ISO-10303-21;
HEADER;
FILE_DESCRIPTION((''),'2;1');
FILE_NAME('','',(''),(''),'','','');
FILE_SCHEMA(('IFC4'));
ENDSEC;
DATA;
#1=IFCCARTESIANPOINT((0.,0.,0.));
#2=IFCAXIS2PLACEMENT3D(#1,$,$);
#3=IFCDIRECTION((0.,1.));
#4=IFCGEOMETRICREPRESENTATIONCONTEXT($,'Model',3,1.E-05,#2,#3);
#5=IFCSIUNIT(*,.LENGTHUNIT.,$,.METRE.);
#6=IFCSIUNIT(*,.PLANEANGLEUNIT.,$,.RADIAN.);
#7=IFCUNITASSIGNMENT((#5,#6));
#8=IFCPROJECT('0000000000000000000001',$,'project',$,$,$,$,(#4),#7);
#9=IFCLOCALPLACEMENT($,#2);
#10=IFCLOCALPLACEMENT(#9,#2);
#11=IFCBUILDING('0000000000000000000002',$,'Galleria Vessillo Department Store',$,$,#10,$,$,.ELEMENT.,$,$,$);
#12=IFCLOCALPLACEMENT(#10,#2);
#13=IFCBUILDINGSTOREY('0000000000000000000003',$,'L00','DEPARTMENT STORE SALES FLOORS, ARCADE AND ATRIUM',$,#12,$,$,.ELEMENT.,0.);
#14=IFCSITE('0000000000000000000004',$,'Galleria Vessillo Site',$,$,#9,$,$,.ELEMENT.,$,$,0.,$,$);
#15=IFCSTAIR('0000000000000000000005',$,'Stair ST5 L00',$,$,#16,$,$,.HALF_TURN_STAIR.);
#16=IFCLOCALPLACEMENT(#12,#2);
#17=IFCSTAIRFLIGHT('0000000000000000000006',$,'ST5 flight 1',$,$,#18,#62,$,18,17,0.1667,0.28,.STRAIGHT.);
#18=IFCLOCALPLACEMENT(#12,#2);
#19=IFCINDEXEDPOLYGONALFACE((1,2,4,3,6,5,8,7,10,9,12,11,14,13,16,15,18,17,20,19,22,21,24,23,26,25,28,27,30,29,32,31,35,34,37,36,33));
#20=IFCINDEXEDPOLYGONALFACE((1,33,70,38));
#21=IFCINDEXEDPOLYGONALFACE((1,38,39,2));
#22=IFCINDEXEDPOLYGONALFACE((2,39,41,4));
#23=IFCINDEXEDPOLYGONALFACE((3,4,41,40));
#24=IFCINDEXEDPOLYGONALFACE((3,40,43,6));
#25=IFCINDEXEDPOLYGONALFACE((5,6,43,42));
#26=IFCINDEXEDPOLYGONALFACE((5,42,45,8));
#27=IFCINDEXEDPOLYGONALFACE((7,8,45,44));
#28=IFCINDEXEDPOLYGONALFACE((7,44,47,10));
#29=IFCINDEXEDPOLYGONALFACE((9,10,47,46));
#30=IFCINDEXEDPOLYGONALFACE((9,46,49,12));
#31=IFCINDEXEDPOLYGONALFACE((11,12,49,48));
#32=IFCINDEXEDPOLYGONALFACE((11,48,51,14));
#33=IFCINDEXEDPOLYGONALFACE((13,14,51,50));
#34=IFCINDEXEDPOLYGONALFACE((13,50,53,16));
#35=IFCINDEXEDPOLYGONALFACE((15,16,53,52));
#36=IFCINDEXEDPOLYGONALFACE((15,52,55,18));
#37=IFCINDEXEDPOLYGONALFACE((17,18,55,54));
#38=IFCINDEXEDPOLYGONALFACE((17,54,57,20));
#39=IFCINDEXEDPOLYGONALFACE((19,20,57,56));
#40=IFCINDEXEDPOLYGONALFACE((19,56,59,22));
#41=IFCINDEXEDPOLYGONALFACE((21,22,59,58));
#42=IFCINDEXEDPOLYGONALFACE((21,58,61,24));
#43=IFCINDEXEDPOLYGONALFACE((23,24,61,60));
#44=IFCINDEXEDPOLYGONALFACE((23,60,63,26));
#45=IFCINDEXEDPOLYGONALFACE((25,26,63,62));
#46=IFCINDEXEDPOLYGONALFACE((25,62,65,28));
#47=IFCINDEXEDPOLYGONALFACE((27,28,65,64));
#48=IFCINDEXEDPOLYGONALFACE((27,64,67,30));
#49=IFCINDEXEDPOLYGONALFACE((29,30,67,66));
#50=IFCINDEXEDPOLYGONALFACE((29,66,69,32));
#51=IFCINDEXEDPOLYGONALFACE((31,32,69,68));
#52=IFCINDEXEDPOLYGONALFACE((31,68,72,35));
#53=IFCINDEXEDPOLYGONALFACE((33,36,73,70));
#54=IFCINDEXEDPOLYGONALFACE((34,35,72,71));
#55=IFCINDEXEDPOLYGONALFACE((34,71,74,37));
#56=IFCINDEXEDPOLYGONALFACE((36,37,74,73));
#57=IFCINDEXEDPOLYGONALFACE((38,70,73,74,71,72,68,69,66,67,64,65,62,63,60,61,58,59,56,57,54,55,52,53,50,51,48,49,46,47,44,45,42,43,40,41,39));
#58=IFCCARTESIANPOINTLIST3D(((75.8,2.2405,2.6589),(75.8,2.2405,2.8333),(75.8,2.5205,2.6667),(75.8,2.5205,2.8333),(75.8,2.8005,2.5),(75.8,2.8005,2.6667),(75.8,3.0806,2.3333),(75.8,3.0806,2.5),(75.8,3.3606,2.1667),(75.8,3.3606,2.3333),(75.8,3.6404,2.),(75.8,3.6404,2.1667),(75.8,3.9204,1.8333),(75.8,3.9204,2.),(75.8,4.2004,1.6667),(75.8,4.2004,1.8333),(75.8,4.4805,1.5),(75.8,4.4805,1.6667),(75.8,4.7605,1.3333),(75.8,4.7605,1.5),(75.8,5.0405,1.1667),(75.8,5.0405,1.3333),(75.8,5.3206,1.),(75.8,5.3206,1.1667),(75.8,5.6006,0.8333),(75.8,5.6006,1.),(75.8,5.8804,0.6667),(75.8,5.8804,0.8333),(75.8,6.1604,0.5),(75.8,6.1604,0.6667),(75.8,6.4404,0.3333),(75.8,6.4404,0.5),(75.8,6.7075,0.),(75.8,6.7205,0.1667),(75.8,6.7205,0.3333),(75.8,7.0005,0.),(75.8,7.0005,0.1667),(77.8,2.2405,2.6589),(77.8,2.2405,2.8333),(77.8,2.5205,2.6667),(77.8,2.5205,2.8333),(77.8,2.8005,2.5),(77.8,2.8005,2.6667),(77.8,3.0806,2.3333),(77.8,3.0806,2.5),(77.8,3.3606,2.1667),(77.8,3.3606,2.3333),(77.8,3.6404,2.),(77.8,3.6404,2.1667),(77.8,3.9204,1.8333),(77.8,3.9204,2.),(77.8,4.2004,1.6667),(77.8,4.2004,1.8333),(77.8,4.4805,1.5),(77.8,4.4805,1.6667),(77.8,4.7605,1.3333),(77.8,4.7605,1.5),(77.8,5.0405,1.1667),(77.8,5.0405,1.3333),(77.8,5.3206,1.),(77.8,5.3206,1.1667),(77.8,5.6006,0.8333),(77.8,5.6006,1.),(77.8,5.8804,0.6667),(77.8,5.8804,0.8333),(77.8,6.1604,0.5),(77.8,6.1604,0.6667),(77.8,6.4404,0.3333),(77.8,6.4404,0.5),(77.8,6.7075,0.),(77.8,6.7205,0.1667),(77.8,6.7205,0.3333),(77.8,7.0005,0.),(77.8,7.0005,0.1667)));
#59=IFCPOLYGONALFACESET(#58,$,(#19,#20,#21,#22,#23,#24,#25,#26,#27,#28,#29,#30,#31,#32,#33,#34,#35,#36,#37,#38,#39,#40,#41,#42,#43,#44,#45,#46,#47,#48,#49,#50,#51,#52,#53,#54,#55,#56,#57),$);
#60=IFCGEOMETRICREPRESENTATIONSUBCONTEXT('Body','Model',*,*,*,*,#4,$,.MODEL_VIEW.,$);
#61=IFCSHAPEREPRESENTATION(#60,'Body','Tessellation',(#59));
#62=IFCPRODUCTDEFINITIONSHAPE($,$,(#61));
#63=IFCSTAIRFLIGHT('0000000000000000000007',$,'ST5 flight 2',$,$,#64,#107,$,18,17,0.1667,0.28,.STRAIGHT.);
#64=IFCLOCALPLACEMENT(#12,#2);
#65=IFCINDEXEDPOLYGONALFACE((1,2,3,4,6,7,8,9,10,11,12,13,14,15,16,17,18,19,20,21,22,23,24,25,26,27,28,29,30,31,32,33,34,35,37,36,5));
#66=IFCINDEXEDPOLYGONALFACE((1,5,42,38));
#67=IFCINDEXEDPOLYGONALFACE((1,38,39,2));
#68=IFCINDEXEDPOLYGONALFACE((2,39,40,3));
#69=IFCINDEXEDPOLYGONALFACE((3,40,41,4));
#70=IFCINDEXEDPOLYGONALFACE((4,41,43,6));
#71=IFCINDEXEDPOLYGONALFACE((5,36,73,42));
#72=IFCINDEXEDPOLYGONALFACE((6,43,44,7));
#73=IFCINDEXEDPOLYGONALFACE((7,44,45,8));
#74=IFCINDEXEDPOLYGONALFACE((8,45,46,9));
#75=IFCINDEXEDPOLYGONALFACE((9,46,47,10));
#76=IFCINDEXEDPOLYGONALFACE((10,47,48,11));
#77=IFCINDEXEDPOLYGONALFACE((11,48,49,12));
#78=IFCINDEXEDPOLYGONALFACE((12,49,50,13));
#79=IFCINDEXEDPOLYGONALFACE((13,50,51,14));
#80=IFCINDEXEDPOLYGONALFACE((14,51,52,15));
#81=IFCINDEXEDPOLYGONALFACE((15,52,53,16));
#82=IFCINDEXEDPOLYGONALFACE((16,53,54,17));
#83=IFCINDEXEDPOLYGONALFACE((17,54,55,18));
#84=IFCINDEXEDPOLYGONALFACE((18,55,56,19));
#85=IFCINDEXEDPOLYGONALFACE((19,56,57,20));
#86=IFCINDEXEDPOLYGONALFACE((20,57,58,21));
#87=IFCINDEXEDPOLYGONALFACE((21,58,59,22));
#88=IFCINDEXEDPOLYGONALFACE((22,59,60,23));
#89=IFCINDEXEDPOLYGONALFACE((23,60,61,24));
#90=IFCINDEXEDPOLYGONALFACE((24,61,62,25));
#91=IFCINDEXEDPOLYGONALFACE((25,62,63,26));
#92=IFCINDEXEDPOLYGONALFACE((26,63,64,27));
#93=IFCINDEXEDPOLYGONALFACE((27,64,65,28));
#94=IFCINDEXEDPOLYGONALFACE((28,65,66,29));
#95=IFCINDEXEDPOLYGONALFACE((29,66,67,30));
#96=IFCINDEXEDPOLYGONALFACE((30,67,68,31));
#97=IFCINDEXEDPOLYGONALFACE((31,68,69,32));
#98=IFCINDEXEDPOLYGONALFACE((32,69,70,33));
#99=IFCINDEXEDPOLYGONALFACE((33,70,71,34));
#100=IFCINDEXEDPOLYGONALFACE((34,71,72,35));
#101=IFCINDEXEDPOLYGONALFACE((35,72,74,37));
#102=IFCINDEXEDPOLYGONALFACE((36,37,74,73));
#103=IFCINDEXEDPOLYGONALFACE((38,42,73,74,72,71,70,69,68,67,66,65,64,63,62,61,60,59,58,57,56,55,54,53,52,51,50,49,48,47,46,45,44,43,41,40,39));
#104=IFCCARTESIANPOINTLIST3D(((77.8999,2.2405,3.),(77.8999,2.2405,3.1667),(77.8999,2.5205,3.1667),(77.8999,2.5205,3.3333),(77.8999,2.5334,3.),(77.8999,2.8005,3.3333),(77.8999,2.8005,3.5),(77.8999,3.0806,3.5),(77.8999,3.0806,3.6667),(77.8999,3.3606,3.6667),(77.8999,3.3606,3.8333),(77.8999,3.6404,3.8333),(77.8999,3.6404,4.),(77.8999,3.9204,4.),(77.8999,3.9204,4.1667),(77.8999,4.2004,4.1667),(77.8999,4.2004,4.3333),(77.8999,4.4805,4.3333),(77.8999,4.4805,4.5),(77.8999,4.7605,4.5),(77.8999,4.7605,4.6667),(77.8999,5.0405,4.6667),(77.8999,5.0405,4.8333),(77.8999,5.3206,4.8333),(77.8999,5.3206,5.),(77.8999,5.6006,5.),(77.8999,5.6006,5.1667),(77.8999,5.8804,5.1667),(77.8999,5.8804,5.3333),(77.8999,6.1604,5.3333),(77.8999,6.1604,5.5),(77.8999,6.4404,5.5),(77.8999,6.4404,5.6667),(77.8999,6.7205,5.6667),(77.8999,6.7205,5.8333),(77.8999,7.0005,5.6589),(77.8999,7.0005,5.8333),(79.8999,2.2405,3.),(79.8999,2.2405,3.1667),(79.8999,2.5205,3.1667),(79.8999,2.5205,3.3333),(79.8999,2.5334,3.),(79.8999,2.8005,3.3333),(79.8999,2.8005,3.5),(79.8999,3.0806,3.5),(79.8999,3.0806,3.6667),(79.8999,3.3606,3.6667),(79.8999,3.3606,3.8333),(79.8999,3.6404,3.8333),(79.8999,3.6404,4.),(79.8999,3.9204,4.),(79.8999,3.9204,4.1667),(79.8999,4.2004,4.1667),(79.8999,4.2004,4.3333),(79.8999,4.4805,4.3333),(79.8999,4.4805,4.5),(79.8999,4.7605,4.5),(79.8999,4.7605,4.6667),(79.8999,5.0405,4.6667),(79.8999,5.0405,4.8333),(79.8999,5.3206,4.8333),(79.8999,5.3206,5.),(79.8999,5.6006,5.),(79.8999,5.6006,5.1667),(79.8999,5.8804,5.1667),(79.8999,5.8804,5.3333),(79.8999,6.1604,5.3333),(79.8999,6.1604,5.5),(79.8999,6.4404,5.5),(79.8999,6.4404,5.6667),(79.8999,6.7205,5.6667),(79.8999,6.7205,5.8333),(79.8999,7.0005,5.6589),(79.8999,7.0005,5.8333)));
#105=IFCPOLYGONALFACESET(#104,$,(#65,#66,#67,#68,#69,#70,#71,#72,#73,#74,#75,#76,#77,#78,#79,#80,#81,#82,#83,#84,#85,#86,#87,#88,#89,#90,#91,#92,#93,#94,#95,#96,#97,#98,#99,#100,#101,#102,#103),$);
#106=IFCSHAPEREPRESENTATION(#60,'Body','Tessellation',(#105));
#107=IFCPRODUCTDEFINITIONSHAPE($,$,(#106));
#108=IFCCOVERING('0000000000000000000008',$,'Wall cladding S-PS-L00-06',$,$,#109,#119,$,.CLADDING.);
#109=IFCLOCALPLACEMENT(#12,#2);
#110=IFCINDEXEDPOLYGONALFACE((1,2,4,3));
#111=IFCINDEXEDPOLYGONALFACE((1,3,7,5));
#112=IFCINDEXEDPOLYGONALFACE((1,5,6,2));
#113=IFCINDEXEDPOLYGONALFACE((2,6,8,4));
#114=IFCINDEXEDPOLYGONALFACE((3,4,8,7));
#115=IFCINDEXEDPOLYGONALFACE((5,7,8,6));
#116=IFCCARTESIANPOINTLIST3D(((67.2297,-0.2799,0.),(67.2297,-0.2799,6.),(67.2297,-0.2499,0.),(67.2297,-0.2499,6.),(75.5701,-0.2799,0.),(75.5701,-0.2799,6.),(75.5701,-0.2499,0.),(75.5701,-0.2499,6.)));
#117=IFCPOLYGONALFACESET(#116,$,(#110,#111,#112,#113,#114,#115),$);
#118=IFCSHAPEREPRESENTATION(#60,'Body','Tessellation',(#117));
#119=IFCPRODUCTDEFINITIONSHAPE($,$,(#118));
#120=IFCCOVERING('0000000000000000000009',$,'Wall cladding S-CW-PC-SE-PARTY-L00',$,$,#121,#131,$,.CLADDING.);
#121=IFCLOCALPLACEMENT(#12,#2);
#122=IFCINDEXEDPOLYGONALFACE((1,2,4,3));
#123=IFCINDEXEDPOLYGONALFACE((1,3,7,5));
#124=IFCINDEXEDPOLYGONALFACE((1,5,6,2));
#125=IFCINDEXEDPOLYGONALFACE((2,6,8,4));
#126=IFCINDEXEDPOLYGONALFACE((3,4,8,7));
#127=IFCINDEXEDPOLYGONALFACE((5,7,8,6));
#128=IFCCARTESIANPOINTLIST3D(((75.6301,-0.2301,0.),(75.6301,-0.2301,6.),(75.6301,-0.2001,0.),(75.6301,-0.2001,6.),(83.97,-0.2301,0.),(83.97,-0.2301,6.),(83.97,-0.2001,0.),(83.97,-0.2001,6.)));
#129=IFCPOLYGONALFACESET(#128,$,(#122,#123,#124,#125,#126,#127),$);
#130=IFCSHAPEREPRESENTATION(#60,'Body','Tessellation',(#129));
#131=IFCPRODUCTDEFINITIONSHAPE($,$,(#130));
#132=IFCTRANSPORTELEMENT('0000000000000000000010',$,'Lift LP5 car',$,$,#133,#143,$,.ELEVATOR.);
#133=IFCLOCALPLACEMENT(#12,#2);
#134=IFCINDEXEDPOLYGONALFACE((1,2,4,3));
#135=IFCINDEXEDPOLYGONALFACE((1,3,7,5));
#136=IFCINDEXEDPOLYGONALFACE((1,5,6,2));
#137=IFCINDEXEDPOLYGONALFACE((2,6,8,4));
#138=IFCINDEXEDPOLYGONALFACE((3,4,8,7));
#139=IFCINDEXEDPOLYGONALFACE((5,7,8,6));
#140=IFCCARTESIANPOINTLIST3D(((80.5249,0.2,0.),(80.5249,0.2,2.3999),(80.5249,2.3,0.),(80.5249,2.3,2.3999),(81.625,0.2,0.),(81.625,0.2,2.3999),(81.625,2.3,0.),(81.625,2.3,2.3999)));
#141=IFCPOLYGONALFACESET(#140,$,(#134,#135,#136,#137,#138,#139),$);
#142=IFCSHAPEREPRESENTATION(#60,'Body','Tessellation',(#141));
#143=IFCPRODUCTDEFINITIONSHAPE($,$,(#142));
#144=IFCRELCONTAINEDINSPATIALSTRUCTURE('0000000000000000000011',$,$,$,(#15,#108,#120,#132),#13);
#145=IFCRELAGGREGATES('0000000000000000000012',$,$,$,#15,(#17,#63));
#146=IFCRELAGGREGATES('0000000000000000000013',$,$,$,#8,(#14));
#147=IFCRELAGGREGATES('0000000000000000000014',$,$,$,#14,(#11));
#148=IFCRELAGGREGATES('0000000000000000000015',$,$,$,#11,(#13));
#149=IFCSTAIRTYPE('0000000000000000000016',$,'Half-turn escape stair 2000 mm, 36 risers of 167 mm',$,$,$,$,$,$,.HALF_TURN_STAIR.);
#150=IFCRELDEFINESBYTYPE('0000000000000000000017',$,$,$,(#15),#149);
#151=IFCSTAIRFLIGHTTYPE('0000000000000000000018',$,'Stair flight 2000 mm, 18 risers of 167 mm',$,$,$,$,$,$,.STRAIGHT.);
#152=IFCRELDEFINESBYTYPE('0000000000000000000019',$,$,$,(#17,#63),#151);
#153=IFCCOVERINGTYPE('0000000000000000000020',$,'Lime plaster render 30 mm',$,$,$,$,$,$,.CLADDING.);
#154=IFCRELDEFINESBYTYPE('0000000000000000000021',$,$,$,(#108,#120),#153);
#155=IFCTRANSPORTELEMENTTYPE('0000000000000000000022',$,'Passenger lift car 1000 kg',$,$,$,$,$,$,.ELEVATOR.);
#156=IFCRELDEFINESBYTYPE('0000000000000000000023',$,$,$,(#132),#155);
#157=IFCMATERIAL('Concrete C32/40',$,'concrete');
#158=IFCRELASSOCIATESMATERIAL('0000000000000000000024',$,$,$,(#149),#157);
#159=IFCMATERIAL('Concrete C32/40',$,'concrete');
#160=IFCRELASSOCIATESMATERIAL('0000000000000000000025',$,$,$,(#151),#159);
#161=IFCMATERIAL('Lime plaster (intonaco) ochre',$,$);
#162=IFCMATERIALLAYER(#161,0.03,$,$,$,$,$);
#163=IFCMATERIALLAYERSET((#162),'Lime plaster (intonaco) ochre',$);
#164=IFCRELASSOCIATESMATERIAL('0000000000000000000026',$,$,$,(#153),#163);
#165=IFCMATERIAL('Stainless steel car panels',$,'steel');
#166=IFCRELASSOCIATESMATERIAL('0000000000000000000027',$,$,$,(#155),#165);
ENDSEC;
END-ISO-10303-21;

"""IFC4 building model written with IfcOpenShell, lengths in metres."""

from ifc_helpers import new_model, si_unit, direction, frame, origin, origin_2d, place, context, subcontext, project, spatial, polyline, rectangle, outline, extrude, material, layer, layer_set, type_object, element, aggregate, save


model = new_model("IFC4")

# Units and contexts
model_context = context("Model", 3, precision=1e-05, world=origin(), true_north=direction((0.0, 1.0)))
body_context = subcontext(model_context, "Body", "Model", "MODEL_VIEW")
ifc_project = project(units=[si_unit("LENGTHUNIT", "METRE"), si_unit("PLANEANGLEUNIT", "RADIAN")], contexts=[model_context])

# Site, building, storey
site_placement = place(None, origin())
site = spatial("IfcSite", under=ifc_project, at=site_placement, Name="Galleria Vessillo Site", CompositionType="ELEMENT", RefElevation=0.0)
building_placement = place(site_placement, origin())
building = spatial("IfcBuilding", under=site, at=building_placement, Name="Galleria Vessillo Department Store", CompositionType="ELEMENT")
storey_placement = place(building_placement, origin())
storey = spatial("IfcBuildingStorey", under=building, at=storey_placement, Name="L00", Description="DEPARTMENT STORE SALES FLOORS, ARCADE AND ATRIUM", CompositionType="ELEMENT", Elevation=0.0)

# Stair, stair flights
ifc_material_1 = material(Name="Concrete C32/40", Category="concrete")
stair_type = type_object("IfcStairType", Name="Half-turn escape stair 2000 mm, 36 risers of 167 mm", PredefinedType="HALF_TURN_STAIR", material=ifc_material_1)
stair_placement = place(storey_placement, origin())
stair = element("IfcStair", 1, at=stair_placement, inside=storey, type_object=stair_type, Name="Stair ST5 L00", PredefinedType="HALF_TURN_STAIR")
ifc_material_2 = material(Name="Concrete C32/40", Category="concrete")
stair_flight_type = type_object("IfcStairFlightType", Name="Stair flight 2000 mm, 18 risers of 167 mm", PredefinedType="STRAIGHT", material=ifc_material_2)
stair_flight_1_placement = place(storey_placement, frame((76.8, 7.0005, 0.0), z_axis=(0.0, 0.0, 1.0), x_axis=(0.0, -1.0, 0.0)))
stair_flight_1 = element("IfcStairFlight", 2, at=stair_flight_1_placement, type_object=stair_flight_type, Name="ST5 flight 1", NumberOfRisers=18, NumberOfTreads=17, PredefinedType="STRAIGHT", RiserHeight=0.1667, TreadLength=0.28, context=body_context, shape_type="SweptSolid", body=[
    extrude(outline(polyline([(0.0, 0.0), (0.0, 0.1667), (0.28, 0.1667), (0.28, 0.3333), (0.5601, 0.3333), (0.5601, 0.5), (0.8401, 0.5), (0.8401, 0.6667), (1.1201, 0.6667), (1.1201, 0.8333), (1.3999, 0.8333), (1.3999, 1.0), (1.6799, 1.0), (1.6799, 1.1667), (1.96, 1.1667), (1.96, 1.3333), (2.24, 1.3333), (2.24, 1.5), (2.52, 1.5), (2.52, 1.6667), (2.8, 1.6667), (2.8, 1.8333), (3.0801, 1.8333), (3.0801, 2.0), (3.3601, 2.0), (3.3601, 2.1667), (3.6399, 2.1667), (3.6399, 2.3333), (3.9199, 2.3333), (3.9199, 2.5), (4.2, 2.5), (4.2, 2.6667), (4.48, 2.6667), (4.48, 2.8333), (4.76, 2.8333), (4.76, 3.0), (4.76, 2.6589), (0.293, 0.0), (0.0, 0.0)])), frame((0.0, 1.0, 0.0), z_axis=(0.0, -1.0, 0.0), x_axis=(1.0, 0.0, 0.0)), (0.0, 0.0, 1.0), 2.0),
])
stair_flight_2_placement = place(storey_placement, frame((78.8999, 2.2405, 3.0), z_axis=(0.0, 0.0, 1.0), x_axis=(0.0, 1.0, 0.0)))
stair_flight_2 = element("IfcStairFlight", 3, at=stair_flight_2_placement, type_object=stair_flight_type, Name="ST5 flight 2", NumberOfRisers=18, NumberOfTreads=17, PredefinedType="STRAIGHT", RiserHeight=0.1667, TreadLength=0.28, context=body_context, shape_type="SweptSolid", body=[
    extrude(outline(polyline([(0.0, 0.0), (0.0, 0.1667), (0.28, 0.1667), (0.28, 0.3333), (0.5601, 0.3333), (0.5601, 0.5), (0.8401, 0.5), (0.8401, 0.6667), (1.1201, 0.6667), (1.1201, 0.8333), (1.3999, 0.8333), (1.3999, 1.0), (1.6799, 1.0), (1.6799, 1.1667), (1.96, 1.1667), (1.96, 1.3333), (2.24, 1.3333), (2.24, 1.5), (2.52, 1.5), (2.52, 1.6667), (2.8, 1.6667), (2.8, 1.8333), (3.0801, 1.8333), (3.0801, 2.0), (3.3601, 2.0), (3.3601, 2.1667), (3.6399, 2.1667), (3.6399, 2.3333), (3.9199, 2.3333), (3.9199, 2.5), (4.2, 2.5), (4.2, 2.6667), (4.48, 2.6667), (4.48, 2.8333), (4.76, 2.8333), (4.76, 3.0), (4.76, 2.6589), (0.293, 0.0), (0.0, 0.0)])), frame((0.0, 1.0, 0.0), z_axis=(0.0, -1.0, 0.0), x_axis=(1.0, 0.0, 0.0)), (0.0, 0.0, 1.0), 2.0),
])
aggregate(stair, [stair_flight_1, stair_flight_2])

# Coverings
ifc_material_3 = material(Name="Lime plaster (intonaco) ochre")
ifc_layer_1 = layer(ifc_material_3, 0.03)
ifc_layer_set_1 = layer_set([ifc_layer_1], Name="Lime plaster (intonaco) ochre")
covering_type = type_object("IfcCoveringType", Name="Lime plaster render 30 mm", PredefinedType="CLADDING", material=ifc_layer_set_1)
covering_1_placement = place(storey_placement, frame((71.3999, -0.2649, 0.0), z_axis=(0.0, 0.0, 1.0), x_axis=(1.0, 0.0, 0.0)))
element("IfcCovering", 4, at=covering_1_placement, inside=storey, type_object=covering_type, Name="Wall cladding S-PS-L00-06", PredefinedType="CLADDING", context=body_context, shape_type="SweptSolid", body=[
    extrude(rectangle(XDim=8.3403, YDim=0.03, at=origin_2d()), origin(), (0.0, 0.0, 1.0), 6.0),
])
covering_2_placement = place(storey_placement, frame((79.8, -0.2151, 0.0), z_axis=(0.0, 0.0, 1.0), x_axis=(1.0, 0.0, 0.0)))
element("IfcCovering", 5, at=covering_2_placement, inside=storey, type_object=covering_type, Name="Wall cladding S-CW-PC-SE-PARTY-L00", PredefinedType="CLADDING", context=body_context, shape_type="SweptSolid", body=[
    extrude(rectangle(XDim=8.3398, YDim=0.03, at=origin_2d()), origin(), (0.0, 0.0, 1.0), 6.0),
])

# Transport element
ifc_material_4 = material(Name="Stainless steel car panels", Category="steel")
transport_element_type = type_object("IfcTransportElementType", Name="Passenger lift car 1000 kg", PredefinedType="ELEVATOR", material=ifc_material_4)
transport_element_placement = place(storey_placement, frame((81.075, 1.25, 0.0), z_axis=(0.0, 0.0, 1.0), x_axis=(1.0, 0.0, 0.0)))
element("IfcTransportElement", 6, at=transport_element_placement, inside=storey, type_object=transport_element_type, Name="Lift LP5 car", PredefinedType="ELEVATOR", context=body_context, shape_type="SweptSolid", body=[
    extrude(rectangle(XDim=1.1001, YDim=2.1001, at=origin_2d()), origin(), (0.0, 0.0, 1.0), 2.3999),
])

save(model, "model.ifc")
